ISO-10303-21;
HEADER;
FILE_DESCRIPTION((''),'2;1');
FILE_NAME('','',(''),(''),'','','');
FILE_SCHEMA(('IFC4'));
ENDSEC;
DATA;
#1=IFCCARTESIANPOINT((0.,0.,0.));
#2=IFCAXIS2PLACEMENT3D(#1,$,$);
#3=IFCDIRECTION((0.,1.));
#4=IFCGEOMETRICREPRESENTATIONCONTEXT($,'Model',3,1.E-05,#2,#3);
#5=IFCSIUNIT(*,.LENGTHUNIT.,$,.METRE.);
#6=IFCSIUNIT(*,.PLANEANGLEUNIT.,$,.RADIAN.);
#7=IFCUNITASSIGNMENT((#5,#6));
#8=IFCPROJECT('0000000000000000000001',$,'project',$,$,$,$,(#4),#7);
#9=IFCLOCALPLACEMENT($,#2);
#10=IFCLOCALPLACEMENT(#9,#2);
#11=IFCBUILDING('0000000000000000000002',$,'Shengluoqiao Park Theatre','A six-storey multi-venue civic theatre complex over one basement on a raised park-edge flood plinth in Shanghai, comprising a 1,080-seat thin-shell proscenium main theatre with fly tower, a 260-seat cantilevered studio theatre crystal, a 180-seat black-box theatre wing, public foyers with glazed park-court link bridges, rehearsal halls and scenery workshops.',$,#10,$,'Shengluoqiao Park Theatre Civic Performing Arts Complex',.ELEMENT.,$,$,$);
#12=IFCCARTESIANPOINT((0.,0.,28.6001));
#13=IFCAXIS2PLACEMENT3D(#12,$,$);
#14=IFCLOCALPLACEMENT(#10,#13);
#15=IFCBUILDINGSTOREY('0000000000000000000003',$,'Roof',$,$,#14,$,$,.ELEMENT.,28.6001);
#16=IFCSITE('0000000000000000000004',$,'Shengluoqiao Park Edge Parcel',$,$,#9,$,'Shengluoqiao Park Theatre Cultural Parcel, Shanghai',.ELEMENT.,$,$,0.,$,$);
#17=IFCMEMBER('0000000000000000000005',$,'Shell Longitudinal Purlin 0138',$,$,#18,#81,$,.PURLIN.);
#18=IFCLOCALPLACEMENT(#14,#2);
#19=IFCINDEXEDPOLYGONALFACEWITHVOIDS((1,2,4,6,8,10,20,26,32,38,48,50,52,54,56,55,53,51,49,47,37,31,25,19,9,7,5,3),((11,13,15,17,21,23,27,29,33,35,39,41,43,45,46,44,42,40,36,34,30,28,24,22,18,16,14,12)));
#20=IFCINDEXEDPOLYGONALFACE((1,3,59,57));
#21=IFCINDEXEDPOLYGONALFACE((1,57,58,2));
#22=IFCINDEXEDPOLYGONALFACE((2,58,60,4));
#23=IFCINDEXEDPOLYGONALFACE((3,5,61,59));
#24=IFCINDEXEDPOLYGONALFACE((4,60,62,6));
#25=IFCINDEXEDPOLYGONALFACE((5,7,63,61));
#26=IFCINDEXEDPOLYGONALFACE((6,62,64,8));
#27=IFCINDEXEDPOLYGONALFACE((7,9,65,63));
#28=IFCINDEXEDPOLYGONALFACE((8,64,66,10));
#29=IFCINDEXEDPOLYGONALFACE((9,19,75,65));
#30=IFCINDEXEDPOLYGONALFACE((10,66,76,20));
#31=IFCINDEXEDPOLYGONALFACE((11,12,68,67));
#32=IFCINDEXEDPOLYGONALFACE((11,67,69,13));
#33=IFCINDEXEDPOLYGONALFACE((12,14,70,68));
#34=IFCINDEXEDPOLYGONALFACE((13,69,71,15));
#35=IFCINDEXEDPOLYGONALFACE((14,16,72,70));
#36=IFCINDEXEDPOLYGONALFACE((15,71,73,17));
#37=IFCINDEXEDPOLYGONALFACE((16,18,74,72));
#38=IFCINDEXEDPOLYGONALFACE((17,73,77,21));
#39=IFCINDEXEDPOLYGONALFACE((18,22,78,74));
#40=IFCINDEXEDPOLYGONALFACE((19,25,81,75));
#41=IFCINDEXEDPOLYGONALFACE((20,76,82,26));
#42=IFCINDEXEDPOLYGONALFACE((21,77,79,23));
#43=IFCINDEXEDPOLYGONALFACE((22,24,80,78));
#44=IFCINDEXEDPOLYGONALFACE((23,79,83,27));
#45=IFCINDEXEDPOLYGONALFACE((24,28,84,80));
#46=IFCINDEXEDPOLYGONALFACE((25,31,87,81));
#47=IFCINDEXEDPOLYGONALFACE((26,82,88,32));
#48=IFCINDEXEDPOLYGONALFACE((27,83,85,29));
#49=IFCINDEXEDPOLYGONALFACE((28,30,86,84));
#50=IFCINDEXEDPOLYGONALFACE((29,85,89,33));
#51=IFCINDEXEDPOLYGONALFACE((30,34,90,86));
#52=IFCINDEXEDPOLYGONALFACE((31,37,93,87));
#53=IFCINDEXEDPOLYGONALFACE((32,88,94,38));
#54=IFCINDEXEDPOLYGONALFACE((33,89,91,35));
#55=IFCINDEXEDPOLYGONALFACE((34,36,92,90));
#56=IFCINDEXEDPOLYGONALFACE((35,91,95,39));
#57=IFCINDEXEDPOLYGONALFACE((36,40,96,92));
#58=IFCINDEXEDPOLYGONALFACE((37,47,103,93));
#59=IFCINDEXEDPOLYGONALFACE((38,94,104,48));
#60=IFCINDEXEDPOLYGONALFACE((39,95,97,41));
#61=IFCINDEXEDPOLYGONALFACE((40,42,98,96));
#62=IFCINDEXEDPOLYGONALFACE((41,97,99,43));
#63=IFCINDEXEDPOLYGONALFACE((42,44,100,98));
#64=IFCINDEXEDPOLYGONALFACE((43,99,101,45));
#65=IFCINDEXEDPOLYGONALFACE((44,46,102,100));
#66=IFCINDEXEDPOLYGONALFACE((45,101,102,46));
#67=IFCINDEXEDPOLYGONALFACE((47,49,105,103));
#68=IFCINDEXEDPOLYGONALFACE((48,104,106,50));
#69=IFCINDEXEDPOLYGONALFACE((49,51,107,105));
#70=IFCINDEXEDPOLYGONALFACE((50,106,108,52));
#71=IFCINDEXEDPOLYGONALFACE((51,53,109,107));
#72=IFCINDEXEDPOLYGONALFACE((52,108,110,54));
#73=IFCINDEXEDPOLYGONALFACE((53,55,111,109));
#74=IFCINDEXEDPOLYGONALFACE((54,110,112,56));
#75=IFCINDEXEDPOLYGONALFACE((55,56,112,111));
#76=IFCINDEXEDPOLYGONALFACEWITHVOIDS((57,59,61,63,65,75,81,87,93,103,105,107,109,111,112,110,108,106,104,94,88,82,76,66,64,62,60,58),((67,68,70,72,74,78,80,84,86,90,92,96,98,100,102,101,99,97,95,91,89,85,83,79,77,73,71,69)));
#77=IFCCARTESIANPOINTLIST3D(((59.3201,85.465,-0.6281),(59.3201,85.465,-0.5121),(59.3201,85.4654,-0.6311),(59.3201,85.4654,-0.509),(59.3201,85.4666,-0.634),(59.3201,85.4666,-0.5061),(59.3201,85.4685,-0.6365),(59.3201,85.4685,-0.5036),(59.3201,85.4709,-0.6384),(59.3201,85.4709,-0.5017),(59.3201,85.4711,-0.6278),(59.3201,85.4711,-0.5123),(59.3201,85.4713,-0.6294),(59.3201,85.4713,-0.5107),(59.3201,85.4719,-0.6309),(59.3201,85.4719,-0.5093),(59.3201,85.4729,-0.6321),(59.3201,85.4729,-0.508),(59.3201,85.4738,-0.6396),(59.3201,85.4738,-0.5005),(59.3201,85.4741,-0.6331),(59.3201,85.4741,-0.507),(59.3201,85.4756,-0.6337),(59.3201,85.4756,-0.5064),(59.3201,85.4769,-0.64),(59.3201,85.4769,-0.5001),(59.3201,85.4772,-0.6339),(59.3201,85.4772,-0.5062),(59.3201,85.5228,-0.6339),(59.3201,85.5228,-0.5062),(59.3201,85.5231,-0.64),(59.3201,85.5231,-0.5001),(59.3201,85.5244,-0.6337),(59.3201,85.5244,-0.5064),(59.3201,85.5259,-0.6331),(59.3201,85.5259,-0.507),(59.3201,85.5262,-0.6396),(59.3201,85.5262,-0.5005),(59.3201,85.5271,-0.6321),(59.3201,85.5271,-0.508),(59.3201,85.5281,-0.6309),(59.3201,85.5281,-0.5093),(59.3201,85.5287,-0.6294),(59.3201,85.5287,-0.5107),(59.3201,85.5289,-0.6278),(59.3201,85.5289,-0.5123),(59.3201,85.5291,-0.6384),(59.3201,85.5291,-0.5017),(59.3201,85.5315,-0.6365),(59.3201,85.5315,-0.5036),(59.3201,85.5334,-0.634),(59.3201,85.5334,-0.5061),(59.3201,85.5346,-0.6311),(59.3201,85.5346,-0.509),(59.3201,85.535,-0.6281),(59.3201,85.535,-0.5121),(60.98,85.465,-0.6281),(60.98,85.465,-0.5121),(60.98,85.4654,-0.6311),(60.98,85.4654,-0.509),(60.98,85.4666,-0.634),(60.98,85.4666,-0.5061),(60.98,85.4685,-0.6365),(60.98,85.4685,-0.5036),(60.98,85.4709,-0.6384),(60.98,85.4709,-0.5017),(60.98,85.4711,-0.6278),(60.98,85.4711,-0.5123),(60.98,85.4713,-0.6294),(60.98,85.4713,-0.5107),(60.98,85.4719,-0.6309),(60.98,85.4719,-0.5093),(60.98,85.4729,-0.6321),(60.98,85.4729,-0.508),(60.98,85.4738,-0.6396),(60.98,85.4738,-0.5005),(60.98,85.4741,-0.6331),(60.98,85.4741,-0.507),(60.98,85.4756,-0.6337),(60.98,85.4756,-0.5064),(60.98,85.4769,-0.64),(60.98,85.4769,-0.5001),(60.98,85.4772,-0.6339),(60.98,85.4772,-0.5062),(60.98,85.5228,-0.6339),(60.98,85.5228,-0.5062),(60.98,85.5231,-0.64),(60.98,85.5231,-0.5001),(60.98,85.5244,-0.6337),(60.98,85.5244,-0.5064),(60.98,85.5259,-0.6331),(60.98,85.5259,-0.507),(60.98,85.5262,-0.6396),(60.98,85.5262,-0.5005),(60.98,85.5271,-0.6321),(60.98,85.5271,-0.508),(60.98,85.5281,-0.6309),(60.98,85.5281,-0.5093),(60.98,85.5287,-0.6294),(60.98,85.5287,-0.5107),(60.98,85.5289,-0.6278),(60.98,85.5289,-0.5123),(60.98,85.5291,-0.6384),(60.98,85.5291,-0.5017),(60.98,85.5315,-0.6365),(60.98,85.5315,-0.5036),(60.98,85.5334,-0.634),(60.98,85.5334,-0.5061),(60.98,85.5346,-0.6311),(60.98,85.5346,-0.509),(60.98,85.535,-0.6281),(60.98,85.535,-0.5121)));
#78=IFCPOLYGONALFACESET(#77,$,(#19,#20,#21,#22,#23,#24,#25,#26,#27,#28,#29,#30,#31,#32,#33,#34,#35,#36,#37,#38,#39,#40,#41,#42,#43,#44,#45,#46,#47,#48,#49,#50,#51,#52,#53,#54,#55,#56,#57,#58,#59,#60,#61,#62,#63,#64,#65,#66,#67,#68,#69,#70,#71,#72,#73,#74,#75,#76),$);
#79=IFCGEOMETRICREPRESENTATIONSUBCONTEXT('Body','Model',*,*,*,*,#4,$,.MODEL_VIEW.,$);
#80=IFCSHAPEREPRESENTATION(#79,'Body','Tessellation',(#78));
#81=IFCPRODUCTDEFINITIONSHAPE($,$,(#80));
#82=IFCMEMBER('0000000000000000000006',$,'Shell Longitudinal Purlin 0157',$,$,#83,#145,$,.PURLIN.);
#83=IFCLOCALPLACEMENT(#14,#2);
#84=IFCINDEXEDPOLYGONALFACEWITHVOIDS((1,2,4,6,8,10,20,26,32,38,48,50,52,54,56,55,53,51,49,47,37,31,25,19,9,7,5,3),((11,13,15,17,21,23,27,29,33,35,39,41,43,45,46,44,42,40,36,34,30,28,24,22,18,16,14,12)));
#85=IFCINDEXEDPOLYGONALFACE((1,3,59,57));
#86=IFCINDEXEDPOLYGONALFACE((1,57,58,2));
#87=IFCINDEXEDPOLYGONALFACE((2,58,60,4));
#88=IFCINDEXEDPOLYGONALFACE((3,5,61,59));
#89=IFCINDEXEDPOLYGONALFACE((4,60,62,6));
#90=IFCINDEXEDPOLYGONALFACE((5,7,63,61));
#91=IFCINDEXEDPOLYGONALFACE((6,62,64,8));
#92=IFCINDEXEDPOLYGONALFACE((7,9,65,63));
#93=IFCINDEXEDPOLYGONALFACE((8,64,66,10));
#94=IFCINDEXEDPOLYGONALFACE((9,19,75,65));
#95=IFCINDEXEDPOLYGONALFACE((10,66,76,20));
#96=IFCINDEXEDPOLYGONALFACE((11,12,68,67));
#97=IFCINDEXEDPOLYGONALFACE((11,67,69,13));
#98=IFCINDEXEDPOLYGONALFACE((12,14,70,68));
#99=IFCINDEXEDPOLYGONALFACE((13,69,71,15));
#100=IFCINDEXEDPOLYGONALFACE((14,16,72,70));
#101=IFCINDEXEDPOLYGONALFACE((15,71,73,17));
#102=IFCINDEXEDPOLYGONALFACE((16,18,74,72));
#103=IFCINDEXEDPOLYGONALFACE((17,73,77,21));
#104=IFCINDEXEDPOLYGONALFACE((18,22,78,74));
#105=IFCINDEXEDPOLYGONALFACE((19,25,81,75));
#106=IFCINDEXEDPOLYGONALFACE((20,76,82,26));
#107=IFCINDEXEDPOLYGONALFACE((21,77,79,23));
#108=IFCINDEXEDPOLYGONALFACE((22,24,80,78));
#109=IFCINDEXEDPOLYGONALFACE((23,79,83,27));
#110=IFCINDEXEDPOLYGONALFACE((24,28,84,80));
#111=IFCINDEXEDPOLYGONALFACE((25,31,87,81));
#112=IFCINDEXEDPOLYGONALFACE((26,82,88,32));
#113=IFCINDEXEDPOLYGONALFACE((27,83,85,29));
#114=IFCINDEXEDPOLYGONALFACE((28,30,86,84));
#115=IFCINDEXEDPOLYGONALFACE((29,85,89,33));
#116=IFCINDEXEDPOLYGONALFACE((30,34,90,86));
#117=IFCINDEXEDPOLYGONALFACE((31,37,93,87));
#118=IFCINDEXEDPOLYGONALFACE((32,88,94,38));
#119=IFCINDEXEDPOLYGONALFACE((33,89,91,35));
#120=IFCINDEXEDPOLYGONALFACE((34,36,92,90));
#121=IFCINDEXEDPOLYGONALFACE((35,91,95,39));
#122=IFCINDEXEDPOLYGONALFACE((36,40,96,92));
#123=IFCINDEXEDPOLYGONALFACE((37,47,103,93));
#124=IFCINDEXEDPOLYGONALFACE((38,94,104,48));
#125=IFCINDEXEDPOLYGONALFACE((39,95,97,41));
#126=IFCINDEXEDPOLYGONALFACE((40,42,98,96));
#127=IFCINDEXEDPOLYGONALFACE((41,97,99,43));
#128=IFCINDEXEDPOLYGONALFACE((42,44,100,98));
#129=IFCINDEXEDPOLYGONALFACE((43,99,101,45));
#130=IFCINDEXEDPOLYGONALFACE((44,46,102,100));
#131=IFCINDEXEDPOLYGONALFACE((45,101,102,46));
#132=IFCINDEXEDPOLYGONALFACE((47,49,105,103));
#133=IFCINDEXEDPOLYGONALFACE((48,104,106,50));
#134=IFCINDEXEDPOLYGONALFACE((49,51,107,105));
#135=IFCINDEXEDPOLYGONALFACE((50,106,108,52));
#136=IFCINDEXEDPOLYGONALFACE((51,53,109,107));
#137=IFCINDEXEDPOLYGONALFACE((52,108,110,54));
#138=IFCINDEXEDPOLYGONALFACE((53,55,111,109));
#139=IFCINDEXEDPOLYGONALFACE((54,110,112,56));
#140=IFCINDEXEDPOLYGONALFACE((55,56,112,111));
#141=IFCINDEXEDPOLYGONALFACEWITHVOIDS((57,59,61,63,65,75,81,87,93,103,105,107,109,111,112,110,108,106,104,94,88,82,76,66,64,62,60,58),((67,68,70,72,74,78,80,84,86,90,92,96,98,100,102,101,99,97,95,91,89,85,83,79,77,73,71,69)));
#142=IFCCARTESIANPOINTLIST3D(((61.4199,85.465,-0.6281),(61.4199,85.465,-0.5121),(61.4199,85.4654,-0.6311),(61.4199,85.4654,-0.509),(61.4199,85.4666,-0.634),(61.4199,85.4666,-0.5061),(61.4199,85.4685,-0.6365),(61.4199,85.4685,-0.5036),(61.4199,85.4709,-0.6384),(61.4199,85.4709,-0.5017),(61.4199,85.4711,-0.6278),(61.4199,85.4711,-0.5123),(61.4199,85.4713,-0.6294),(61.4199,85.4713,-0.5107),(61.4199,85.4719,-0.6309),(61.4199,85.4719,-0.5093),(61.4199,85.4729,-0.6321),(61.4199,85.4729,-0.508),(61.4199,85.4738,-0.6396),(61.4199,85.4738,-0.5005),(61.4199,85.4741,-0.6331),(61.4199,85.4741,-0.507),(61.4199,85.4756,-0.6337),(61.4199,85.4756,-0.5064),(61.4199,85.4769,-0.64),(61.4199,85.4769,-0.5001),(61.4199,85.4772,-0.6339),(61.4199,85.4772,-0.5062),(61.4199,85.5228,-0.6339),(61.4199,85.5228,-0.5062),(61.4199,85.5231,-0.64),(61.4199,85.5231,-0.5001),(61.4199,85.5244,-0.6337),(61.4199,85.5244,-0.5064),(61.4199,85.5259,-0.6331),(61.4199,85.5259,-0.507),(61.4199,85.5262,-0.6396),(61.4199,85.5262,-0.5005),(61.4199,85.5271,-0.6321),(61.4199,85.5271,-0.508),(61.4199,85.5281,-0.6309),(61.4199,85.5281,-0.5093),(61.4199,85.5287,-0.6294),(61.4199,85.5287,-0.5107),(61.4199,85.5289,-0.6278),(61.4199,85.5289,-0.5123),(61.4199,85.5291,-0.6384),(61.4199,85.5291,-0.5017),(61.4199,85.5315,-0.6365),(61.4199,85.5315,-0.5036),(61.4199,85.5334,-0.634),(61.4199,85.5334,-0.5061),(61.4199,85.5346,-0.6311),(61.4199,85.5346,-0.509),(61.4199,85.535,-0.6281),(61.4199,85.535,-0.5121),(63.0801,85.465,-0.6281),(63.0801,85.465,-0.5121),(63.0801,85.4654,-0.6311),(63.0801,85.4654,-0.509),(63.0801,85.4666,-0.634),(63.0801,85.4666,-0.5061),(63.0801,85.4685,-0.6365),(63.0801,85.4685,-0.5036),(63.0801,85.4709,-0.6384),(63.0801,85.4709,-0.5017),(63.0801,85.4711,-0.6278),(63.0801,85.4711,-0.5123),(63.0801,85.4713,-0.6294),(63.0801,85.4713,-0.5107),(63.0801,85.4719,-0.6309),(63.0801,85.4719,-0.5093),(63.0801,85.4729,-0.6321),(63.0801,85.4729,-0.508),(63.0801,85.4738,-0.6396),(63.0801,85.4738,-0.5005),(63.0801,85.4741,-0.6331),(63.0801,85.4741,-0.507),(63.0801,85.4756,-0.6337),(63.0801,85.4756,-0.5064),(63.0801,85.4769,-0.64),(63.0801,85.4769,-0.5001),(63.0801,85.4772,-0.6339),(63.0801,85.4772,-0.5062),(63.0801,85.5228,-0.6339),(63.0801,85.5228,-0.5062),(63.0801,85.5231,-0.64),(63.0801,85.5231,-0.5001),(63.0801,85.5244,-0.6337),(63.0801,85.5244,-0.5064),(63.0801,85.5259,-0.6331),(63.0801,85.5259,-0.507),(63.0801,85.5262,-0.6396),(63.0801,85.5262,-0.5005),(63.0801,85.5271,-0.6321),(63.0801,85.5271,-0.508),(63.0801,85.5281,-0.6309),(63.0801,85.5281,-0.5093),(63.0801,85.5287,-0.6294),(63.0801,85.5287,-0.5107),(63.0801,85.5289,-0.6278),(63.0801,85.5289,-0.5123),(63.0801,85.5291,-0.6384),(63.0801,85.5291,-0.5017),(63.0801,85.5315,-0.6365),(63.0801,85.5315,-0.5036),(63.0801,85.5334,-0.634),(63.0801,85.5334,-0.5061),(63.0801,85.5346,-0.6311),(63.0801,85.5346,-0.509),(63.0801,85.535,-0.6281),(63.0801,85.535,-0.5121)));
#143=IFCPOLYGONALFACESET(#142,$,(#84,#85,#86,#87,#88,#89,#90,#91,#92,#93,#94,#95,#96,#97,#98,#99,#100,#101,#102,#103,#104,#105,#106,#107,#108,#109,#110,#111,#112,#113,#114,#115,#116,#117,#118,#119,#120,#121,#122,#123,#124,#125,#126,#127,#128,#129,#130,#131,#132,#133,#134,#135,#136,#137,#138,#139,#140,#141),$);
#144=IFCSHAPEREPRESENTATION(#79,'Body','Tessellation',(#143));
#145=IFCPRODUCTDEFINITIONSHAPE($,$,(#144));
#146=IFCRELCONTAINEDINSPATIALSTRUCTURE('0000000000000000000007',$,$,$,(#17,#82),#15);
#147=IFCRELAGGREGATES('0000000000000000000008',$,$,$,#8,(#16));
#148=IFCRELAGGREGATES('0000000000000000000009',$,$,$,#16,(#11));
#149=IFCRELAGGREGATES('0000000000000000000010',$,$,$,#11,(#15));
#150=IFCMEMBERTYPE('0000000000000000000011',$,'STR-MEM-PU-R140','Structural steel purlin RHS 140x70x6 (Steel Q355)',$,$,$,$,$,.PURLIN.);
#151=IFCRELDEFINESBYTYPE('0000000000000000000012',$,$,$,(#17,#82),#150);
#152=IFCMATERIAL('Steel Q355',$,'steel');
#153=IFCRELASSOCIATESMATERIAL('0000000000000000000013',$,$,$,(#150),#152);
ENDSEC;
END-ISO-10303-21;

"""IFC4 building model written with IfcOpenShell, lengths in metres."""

from ifc_helpers import new_model, si_unit, direction, frame, origin, origin_2d, place, context, subcontext, project, spatial, hollow_rectangle, extrude, material, material_profile, profile_set, type_object, element, save


model = new_model("IFC4")

# Units and contexts
model_context = context("Model", 3, precision=1e-05, world=origin(), true_north=direction((0.0, 1.0)))
body_context = subcontext(model_context, "Body", "Model", "MODEL_VIEW")
ifc_project = project(units=[si_unit("LENGTHUNIT", "METRE"), si_unit("PLANEANGLEUNIT", "RADIAN")], contexts=[model_context])

# Site, building, storey
site_placement = place(None, origin())
site = spatial("IfcSite", under=ifc_project, at=site_placement, Name="Shengluoqiao Park Edge Parcel", LongName="Shengluoqiao Park Theatre Cultural Parcel, Shanghai", CompositionType="ELEMENT", RefElevation=0.0)
building_placement = place(site_placement, origin())
building = spatial("IfcBuilding", under=site, at=building_placement, Name="Shengluoqiao Park Theatre", Description="A six-storey multi-venue civic theatre complex over one basement on a raised park-edge flood plinth in Shanghai, comprising a 1,080-seat thin-shell proscenium main theatre with fly tower, a 260-seat cantilevered studio theatre crystal, a 180-seat black-box theatre wing, public foyers with glazed park-court link bridges, rehearsal halls and scenery workshops.", LongName="Shengluoqiao Park Theatre Civic Performing Arts Complex", CompositionType="ELEMENT")
storey_placement = place(building_placement, frame((0.0, 0.0, 28.6001)))
storey = spatial("IfcBuildingStorey", under=building, at=storey_placement, Name="Roof", CompositionType="ELEMENT", Elevation=28.6001)

# Shared definitions
ifc_material_1 = material(Name="Steel Q355", Category="steel")

# Members
ifc_material_profile_1 = material_profile(ifc_material_1, hollow_rectangle(XDim=0.0701, YDim=0.1399, WallThickness=0.0061, InnerFilletRadius=0.0061, OuterFilletRadius=0.012, at=origin_2d()), Name="RHS 140x70x6")
ifc_profile_set_1 = profile_set([ifc_material_profile_1], Name="Steel Q355")
member_type_1 = type_object("IfcMemberType", Name="STR-MEM-PU-R140", Description="Structural steel purlin RHS 140x70x6 (Steel Q355)", PredefinedType="PURLIN", material=ifc_profile_set_1)
member_1_placement = place(storey_placement, frame((59.3201, 85.5, -0.5701), z_axis=(1.0, 0.0, 0.0), x_axis=(0.0, 1.0, 0.0)))
element("IfcMember", 1, at=member_1_placement, inside=storey, type_object=member_type_1, Name="Shell Longitudinal Purlin 0138", PredefinedType="PURLIN", context=body_context, shape_type="SweptSolid", body=[
    extrude(hollow_rectangle(XDim=0.0701, YDim=0.1399, WallThickness=0.0061, InnerFilletRadius=0.0061, OuterFilletRadius=0.012, at=origin_2d()), origin(), (0.0, 0.0, 1.0), 1.6599),
])
member_2_placement = place(storey_placement, frame((61.4199, 85.5, -0.5701), z_axis=(1.0, 0.0, 0.0), x_axis=(0.0, 1.0, 0.0)))
element("IfcMember", 2, at=member_2_placement, inside=storey, type_object=member_type_1, Name="Shell Longitudinal Purlin 0157", PredefinedType="PURLIN", context=body_context, shape_type="SweptSolid", body=[
    extrude(hollow_rectangle(XDim=0.0701, YDim=0.1399, WallThickness=0.0061, InnerFilletRadius=0.0061, OuterFilletRadius=0.012, at=origin_2d()), origin(), (0.0, 0.0, 1.0), 1.6602),
])

save(model, "model.ifc")
